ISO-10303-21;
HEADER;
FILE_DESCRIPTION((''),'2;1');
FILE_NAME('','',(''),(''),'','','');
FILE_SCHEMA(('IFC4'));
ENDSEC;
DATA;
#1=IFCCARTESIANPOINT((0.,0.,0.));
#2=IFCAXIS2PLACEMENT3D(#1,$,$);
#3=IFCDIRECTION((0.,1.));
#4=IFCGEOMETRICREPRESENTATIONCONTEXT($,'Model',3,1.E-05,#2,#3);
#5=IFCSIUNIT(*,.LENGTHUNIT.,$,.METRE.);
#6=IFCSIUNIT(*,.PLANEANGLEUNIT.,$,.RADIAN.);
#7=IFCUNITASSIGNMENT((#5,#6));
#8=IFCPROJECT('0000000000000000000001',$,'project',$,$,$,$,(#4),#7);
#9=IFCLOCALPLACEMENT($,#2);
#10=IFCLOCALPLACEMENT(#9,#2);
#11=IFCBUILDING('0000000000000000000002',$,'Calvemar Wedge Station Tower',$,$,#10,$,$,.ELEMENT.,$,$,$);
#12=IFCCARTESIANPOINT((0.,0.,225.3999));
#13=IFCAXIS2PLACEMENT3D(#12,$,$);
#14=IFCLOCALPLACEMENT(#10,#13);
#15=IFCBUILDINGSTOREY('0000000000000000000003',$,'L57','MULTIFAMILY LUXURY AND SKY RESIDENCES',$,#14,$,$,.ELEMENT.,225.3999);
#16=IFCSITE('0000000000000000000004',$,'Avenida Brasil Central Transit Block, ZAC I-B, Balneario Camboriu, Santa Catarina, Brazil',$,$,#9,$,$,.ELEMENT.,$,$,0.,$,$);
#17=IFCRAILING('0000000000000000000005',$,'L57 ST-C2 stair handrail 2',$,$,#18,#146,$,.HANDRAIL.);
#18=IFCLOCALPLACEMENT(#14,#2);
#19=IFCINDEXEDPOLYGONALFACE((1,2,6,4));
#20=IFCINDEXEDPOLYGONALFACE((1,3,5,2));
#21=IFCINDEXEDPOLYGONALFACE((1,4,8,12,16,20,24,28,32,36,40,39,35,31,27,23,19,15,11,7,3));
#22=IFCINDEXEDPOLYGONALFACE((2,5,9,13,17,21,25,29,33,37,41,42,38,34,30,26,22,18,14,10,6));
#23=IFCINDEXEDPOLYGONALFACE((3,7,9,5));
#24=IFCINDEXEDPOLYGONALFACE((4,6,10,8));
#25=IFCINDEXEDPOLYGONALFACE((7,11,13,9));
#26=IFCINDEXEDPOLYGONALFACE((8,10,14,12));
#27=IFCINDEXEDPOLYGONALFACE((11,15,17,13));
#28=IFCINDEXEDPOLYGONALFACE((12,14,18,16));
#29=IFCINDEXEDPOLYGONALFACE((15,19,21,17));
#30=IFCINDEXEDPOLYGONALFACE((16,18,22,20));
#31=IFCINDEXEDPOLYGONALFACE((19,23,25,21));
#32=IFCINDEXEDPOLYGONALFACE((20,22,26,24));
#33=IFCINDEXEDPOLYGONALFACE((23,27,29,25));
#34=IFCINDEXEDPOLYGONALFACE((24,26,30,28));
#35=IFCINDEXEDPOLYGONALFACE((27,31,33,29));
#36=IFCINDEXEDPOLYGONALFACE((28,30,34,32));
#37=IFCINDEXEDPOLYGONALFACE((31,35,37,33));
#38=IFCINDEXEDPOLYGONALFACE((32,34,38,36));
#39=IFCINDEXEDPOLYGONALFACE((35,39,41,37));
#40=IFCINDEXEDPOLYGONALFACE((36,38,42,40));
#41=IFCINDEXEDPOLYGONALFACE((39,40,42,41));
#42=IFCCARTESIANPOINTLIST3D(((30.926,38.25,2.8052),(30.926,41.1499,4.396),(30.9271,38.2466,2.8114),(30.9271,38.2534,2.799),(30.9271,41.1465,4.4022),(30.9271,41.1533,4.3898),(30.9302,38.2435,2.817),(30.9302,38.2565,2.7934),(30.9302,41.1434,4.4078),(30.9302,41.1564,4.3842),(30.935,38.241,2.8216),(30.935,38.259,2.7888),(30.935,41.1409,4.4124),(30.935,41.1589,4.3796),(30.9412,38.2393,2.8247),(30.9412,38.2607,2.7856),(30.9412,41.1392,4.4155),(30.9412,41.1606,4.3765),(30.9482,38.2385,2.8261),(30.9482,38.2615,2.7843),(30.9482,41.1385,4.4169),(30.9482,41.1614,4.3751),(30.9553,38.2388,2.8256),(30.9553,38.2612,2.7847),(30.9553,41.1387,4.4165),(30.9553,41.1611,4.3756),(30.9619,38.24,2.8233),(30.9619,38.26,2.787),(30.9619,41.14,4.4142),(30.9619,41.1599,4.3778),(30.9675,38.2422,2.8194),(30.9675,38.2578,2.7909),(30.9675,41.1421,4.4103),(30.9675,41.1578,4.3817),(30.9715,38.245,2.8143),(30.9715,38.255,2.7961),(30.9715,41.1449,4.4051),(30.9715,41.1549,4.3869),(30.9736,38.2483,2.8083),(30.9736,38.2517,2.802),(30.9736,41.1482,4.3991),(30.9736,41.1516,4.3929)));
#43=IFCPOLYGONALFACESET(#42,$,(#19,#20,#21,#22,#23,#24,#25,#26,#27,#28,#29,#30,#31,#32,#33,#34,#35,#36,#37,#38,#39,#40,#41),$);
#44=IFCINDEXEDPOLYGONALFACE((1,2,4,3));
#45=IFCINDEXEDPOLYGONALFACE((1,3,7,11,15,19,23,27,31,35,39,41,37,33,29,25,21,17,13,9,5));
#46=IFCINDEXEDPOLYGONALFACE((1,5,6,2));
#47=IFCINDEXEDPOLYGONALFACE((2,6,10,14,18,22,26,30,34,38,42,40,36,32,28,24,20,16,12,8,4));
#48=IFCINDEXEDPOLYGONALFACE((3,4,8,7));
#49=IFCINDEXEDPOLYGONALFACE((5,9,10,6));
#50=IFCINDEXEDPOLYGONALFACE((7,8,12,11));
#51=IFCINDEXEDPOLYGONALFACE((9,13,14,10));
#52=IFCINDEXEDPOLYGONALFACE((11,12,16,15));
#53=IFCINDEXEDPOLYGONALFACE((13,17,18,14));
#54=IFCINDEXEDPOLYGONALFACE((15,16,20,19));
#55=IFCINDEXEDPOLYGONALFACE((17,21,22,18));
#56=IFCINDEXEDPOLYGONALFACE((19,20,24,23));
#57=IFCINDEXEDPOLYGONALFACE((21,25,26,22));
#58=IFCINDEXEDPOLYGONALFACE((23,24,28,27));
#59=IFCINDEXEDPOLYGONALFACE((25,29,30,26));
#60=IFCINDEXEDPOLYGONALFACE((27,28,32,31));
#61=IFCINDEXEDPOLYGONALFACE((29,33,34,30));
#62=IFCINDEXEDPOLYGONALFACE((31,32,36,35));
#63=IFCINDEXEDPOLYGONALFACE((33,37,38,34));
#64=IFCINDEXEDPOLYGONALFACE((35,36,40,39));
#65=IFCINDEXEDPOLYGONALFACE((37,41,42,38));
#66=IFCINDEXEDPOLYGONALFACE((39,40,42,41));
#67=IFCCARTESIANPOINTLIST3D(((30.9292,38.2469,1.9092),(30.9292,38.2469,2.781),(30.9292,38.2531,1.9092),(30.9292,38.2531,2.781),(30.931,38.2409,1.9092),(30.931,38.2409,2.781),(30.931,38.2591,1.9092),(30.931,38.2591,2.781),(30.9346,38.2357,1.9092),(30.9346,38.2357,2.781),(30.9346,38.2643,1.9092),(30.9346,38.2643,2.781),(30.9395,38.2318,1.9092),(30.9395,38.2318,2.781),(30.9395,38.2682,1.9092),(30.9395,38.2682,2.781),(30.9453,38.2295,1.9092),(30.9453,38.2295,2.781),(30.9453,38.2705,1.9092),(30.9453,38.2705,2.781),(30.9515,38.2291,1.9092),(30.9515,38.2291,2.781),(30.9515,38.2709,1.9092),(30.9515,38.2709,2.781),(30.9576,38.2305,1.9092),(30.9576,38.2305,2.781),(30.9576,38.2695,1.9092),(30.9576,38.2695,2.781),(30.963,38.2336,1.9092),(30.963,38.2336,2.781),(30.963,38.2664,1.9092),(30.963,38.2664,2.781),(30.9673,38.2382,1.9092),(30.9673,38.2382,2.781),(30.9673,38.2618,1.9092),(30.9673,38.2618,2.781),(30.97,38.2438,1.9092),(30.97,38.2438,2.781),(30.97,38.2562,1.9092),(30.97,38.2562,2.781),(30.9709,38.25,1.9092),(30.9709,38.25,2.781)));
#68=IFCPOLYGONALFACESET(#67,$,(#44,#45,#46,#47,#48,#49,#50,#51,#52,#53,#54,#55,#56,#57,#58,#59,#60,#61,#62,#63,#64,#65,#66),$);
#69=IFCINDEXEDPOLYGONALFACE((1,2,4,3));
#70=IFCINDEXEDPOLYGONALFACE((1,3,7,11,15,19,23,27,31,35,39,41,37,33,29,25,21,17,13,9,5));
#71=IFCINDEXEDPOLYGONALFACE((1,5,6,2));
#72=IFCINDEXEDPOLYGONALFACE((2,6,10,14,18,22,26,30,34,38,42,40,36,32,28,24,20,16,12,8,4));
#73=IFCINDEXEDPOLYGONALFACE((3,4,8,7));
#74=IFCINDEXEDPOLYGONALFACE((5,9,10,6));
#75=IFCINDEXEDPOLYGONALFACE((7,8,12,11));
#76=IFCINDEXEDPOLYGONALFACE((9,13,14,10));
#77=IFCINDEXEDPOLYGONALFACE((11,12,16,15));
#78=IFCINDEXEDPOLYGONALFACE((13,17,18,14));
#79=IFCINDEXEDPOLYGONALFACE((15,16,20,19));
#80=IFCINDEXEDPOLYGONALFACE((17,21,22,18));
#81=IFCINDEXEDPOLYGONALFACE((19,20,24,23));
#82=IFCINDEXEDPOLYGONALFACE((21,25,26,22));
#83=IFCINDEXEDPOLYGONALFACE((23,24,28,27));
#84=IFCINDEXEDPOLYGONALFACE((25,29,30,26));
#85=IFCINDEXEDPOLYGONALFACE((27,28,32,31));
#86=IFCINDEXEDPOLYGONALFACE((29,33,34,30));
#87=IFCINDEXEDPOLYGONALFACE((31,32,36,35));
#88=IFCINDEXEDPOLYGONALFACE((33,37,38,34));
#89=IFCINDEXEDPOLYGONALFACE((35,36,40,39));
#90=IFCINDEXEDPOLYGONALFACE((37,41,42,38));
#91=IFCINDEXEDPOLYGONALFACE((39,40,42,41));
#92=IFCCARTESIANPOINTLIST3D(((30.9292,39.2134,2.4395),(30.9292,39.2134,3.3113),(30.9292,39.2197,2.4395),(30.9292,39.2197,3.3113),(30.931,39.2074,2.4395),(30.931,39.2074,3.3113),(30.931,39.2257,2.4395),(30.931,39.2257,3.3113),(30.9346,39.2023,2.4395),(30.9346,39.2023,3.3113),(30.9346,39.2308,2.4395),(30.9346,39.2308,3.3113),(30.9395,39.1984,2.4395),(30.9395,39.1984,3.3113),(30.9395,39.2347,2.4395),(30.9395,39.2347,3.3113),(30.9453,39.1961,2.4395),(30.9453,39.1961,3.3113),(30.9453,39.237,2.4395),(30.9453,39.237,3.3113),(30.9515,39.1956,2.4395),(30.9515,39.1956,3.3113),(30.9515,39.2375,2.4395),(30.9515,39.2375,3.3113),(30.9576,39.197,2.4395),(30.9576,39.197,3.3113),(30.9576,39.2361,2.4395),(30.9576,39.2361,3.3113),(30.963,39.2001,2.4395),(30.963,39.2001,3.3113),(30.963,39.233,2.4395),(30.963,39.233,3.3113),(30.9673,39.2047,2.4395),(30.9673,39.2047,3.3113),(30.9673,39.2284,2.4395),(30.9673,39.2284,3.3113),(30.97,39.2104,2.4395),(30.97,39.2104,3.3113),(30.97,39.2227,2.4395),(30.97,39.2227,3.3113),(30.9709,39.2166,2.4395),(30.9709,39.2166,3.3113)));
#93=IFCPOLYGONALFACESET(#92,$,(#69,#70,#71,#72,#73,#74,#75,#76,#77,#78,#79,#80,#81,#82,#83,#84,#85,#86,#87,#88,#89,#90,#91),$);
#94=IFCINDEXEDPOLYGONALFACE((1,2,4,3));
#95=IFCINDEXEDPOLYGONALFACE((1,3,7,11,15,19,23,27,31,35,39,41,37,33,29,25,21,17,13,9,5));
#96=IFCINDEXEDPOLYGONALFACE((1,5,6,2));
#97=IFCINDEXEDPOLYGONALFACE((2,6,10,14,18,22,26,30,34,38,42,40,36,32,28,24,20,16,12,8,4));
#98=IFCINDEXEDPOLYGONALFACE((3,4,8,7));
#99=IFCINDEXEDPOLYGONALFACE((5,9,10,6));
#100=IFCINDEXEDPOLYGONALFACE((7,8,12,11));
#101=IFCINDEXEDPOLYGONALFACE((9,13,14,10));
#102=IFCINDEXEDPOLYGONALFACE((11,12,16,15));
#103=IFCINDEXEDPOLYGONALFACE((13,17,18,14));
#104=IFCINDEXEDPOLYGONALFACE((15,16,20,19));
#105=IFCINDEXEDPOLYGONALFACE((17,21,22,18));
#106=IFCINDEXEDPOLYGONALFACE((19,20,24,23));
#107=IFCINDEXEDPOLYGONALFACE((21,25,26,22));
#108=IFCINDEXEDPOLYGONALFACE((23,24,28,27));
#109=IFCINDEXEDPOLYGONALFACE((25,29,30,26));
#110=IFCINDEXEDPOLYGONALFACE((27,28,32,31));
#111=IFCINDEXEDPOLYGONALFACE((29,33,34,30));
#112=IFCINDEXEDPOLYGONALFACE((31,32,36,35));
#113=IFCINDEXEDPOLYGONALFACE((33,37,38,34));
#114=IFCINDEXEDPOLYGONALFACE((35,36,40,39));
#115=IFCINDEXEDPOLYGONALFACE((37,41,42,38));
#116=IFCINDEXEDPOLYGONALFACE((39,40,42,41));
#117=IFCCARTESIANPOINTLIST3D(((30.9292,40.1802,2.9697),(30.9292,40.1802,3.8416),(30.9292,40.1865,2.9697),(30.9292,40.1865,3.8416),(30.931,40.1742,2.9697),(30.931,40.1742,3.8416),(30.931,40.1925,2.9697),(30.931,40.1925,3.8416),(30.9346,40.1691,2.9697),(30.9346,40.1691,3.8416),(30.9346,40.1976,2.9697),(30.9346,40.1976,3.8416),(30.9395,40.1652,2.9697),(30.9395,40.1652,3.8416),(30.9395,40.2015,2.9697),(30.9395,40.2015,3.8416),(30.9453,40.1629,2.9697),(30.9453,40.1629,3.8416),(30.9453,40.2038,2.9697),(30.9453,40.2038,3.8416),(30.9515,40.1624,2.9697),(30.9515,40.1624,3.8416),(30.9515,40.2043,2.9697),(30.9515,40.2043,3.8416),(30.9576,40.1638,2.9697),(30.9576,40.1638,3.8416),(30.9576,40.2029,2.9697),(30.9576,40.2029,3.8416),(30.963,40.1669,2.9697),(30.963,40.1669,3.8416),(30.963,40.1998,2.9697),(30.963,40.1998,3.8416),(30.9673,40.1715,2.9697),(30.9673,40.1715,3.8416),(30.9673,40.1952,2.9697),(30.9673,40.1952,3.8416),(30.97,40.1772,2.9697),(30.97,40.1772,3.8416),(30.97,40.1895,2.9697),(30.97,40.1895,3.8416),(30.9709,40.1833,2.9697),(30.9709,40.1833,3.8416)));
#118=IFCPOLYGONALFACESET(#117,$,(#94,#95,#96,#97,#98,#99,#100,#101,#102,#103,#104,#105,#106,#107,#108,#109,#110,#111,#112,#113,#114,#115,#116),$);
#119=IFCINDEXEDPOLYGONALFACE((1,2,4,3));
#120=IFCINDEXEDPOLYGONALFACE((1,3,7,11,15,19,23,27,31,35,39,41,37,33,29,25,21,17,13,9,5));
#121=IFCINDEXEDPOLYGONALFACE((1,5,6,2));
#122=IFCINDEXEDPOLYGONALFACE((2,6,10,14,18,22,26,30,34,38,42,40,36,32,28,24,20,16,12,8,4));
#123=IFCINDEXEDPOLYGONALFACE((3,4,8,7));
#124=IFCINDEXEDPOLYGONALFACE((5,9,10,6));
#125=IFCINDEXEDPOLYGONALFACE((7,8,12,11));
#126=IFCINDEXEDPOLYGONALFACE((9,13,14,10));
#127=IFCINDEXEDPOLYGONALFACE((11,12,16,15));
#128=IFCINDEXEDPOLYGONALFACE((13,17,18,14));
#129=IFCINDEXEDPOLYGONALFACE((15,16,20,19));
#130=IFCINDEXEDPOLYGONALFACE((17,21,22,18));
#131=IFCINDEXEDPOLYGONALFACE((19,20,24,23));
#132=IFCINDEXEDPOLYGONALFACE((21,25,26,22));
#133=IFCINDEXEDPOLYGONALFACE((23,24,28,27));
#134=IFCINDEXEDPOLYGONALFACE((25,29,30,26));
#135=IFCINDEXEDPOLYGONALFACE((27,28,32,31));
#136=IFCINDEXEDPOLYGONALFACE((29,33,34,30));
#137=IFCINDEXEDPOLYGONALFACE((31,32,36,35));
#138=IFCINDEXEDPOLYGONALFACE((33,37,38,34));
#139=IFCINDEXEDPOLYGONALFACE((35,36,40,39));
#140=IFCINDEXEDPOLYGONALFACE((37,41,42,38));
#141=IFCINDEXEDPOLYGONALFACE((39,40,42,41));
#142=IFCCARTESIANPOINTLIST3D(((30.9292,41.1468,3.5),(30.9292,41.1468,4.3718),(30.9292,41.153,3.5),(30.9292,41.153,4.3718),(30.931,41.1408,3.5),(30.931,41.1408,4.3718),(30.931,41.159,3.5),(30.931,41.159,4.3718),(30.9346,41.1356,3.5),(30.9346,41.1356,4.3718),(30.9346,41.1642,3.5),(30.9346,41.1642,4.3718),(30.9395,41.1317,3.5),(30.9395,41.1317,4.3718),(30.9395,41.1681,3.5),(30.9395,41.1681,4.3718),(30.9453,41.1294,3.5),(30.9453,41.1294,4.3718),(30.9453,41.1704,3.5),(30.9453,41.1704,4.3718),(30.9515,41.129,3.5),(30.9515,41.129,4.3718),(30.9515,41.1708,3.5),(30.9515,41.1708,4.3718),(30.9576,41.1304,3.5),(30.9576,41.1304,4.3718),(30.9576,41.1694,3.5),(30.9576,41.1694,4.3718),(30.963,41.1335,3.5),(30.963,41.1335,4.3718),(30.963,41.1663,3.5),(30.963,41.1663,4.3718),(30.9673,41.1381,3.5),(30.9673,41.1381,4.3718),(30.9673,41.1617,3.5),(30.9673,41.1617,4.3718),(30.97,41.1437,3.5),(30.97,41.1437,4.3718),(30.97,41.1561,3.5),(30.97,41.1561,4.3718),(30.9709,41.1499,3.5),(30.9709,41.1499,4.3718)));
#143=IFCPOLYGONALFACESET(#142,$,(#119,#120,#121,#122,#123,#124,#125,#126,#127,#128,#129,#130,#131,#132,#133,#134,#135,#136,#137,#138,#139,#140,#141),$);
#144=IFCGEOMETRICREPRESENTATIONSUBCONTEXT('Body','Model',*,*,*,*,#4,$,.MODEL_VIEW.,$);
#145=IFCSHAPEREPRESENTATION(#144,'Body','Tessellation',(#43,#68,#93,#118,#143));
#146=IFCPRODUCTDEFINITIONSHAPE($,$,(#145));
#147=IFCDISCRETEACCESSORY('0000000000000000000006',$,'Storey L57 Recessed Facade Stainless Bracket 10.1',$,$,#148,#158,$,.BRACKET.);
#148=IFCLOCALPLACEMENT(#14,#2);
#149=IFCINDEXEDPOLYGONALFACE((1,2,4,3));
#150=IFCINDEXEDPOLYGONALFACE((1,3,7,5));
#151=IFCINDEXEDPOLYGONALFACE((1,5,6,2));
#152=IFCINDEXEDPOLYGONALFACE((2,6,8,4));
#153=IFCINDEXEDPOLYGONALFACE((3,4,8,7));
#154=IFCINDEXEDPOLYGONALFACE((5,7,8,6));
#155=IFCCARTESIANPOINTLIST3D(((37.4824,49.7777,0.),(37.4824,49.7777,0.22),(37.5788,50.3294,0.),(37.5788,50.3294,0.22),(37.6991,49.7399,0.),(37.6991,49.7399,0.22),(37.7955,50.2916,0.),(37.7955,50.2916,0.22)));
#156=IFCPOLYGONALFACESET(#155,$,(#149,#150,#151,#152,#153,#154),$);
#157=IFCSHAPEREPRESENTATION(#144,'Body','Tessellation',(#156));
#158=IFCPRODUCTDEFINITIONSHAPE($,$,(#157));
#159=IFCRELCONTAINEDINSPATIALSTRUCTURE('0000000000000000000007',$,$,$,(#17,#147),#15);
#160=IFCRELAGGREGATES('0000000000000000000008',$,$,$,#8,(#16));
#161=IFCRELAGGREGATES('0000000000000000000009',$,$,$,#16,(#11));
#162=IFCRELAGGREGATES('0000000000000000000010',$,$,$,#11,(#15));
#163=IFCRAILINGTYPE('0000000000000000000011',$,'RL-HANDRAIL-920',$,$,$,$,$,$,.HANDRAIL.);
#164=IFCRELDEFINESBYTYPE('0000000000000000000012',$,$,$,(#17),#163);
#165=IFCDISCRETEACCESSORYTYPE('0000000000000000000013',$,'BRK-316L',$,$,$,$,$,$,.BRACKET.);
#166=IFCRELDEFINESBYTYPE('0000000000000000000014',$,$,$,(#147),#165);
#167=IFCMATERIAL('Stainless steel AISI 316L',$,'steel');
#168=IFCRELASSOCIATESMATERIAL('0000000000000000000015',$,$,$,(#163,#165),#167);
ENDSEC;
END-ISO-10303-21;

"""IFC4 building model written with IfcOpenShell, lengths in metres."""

from ifc_helpers import new_model, si_unit, direction, frame, origin, origin_2d, place, context, subcontext, project, spatial, rectangle, circle, extrude, source, transform, mapped, material, type_object, element, save


model = new_model("IFC4")

# Units and contexts
model_context = context("Model", 3, precision=1e-05, world=origin(), true_north=direction((0.0, 1.0)))
body_context = subcontext(model_context, "Body", "Model", "MODEL_VIEW")
ifc_project = project(units=[si_unit("LENGTHUNIT", "METRE"), si_unit("PLANEANGLEUNIT", "RADIAN")], contexts=[model_context])

# Site, building, storey
site_placement = place(None, origin())
site = spatial("IfcSite", under=ifc_project, at=site_placement, Name="Avenida Brasil Central Transit Block, ZAC I-B, Balneario Camboriu, Santa Catarina, Brazil", CompositionType="ELEMENT", RefElevation=0.0)
building_placement = place(site_placement, origin())
building = spatial("IfcBuilding", under=site, at=building_placement, Name="Calvemar Wedge Station Tower", CompositionType="ELEMENT")
storey_placement = place(building_placement, frame((0.0, 0.0, 225.3999)))
storey = spatial("IfcBuildingStorey", under=building, at=storey_placement, Name="L57", Description="MULTIFAMILY LUXURY AND SKY RESIDENCES", CompositionType="ELEMENT", Elevation=225.3999)

# Railing
ifc_material_1 = material(Name="Stainless steel AISI 316L", Category="steel")
railing_type = type_object("IfcRailingType", Name="RL-HANDRAIL-920", PredefinedType="HANDRAIL", material=ifc_material_1)
railing_placement = place(storey_placement, frame((30.95, 38.25, 1.9092)))
element("IfcRailing", 1, at=railing_placement, inside=storey, type_object=railing_type, Name="L57 ST-C2 stair handrail 2", PredefinedType="HANDRAIL", context=body_context, shape_type="SweptSolid", body=[
    extrude(circle(Radius=0.0239, at=origin_2d()), frame((0.0, 0.0, 0.896), z_axis=(0.0, 0.876742, 0.480961), x_axis=(-1.0, 0.0, 0.0)), (0.0, 0.0, 1.0), 3.3076),
    extrude(circle(Radius=0.021, at=origin_2d()), origin(), (0.0, 0.0, 1.0), 0.8718),
    extrude(circle(Radius=0.021, at=origin_2d()), frame((0.0, 0.9666, 0.5303)), (0.0, 0.0, 1.0), 0.8718),
    extrude(circle(Radius=0.021, at=origin_2d()), frame((0.0, 1.9333, 1.0605)), (0.0, 0.0, 1.0), 0.8718),
    extrude(circle(Radius=0.021, at=origin_2d()), frame((0.0, 2.8999, 1.5908)), (0.0, 0.0, 1.0), 0.8718),
])

# Discrete accessory
discrete_accessory_type = type_object("IfcDiscreteAccessoryType", Name="BRK-316L", PredefinedType="BRACKET", material=ifc_material_1)
shared_shape_1 = source(origin(), body_context, "Body", "SweptSolid", [
    extrude(rectangle(XDim=0.22, YDim=0.5601, at=origin_2d()), origin(), (0.0, 0.0, 1.0), 0.22),
])
discrete_accessory_placement = place(storey_placement, frame((37.6389, 50.0347, 0.0), z_axis=(0.0, 0.0, 1.0), x_axis=(-0.985079, 0.172101, 0.0)))
element("IfcDiscreteAccessory", 2, at=discrete_accessory_placement, inside=storey, type_object=discrete_accessory_type, Name="Storey L57 Recessed Facade Stainless Bracket 10.1", PredefinedType="BRACKET", context=body_context, shape_type="MappedRepresentation", body=[
    mapped(shared_shape_1, transform((0.0, 0.0, 0.0), scale=1.0)),
])

save(model, "model.ifc")
